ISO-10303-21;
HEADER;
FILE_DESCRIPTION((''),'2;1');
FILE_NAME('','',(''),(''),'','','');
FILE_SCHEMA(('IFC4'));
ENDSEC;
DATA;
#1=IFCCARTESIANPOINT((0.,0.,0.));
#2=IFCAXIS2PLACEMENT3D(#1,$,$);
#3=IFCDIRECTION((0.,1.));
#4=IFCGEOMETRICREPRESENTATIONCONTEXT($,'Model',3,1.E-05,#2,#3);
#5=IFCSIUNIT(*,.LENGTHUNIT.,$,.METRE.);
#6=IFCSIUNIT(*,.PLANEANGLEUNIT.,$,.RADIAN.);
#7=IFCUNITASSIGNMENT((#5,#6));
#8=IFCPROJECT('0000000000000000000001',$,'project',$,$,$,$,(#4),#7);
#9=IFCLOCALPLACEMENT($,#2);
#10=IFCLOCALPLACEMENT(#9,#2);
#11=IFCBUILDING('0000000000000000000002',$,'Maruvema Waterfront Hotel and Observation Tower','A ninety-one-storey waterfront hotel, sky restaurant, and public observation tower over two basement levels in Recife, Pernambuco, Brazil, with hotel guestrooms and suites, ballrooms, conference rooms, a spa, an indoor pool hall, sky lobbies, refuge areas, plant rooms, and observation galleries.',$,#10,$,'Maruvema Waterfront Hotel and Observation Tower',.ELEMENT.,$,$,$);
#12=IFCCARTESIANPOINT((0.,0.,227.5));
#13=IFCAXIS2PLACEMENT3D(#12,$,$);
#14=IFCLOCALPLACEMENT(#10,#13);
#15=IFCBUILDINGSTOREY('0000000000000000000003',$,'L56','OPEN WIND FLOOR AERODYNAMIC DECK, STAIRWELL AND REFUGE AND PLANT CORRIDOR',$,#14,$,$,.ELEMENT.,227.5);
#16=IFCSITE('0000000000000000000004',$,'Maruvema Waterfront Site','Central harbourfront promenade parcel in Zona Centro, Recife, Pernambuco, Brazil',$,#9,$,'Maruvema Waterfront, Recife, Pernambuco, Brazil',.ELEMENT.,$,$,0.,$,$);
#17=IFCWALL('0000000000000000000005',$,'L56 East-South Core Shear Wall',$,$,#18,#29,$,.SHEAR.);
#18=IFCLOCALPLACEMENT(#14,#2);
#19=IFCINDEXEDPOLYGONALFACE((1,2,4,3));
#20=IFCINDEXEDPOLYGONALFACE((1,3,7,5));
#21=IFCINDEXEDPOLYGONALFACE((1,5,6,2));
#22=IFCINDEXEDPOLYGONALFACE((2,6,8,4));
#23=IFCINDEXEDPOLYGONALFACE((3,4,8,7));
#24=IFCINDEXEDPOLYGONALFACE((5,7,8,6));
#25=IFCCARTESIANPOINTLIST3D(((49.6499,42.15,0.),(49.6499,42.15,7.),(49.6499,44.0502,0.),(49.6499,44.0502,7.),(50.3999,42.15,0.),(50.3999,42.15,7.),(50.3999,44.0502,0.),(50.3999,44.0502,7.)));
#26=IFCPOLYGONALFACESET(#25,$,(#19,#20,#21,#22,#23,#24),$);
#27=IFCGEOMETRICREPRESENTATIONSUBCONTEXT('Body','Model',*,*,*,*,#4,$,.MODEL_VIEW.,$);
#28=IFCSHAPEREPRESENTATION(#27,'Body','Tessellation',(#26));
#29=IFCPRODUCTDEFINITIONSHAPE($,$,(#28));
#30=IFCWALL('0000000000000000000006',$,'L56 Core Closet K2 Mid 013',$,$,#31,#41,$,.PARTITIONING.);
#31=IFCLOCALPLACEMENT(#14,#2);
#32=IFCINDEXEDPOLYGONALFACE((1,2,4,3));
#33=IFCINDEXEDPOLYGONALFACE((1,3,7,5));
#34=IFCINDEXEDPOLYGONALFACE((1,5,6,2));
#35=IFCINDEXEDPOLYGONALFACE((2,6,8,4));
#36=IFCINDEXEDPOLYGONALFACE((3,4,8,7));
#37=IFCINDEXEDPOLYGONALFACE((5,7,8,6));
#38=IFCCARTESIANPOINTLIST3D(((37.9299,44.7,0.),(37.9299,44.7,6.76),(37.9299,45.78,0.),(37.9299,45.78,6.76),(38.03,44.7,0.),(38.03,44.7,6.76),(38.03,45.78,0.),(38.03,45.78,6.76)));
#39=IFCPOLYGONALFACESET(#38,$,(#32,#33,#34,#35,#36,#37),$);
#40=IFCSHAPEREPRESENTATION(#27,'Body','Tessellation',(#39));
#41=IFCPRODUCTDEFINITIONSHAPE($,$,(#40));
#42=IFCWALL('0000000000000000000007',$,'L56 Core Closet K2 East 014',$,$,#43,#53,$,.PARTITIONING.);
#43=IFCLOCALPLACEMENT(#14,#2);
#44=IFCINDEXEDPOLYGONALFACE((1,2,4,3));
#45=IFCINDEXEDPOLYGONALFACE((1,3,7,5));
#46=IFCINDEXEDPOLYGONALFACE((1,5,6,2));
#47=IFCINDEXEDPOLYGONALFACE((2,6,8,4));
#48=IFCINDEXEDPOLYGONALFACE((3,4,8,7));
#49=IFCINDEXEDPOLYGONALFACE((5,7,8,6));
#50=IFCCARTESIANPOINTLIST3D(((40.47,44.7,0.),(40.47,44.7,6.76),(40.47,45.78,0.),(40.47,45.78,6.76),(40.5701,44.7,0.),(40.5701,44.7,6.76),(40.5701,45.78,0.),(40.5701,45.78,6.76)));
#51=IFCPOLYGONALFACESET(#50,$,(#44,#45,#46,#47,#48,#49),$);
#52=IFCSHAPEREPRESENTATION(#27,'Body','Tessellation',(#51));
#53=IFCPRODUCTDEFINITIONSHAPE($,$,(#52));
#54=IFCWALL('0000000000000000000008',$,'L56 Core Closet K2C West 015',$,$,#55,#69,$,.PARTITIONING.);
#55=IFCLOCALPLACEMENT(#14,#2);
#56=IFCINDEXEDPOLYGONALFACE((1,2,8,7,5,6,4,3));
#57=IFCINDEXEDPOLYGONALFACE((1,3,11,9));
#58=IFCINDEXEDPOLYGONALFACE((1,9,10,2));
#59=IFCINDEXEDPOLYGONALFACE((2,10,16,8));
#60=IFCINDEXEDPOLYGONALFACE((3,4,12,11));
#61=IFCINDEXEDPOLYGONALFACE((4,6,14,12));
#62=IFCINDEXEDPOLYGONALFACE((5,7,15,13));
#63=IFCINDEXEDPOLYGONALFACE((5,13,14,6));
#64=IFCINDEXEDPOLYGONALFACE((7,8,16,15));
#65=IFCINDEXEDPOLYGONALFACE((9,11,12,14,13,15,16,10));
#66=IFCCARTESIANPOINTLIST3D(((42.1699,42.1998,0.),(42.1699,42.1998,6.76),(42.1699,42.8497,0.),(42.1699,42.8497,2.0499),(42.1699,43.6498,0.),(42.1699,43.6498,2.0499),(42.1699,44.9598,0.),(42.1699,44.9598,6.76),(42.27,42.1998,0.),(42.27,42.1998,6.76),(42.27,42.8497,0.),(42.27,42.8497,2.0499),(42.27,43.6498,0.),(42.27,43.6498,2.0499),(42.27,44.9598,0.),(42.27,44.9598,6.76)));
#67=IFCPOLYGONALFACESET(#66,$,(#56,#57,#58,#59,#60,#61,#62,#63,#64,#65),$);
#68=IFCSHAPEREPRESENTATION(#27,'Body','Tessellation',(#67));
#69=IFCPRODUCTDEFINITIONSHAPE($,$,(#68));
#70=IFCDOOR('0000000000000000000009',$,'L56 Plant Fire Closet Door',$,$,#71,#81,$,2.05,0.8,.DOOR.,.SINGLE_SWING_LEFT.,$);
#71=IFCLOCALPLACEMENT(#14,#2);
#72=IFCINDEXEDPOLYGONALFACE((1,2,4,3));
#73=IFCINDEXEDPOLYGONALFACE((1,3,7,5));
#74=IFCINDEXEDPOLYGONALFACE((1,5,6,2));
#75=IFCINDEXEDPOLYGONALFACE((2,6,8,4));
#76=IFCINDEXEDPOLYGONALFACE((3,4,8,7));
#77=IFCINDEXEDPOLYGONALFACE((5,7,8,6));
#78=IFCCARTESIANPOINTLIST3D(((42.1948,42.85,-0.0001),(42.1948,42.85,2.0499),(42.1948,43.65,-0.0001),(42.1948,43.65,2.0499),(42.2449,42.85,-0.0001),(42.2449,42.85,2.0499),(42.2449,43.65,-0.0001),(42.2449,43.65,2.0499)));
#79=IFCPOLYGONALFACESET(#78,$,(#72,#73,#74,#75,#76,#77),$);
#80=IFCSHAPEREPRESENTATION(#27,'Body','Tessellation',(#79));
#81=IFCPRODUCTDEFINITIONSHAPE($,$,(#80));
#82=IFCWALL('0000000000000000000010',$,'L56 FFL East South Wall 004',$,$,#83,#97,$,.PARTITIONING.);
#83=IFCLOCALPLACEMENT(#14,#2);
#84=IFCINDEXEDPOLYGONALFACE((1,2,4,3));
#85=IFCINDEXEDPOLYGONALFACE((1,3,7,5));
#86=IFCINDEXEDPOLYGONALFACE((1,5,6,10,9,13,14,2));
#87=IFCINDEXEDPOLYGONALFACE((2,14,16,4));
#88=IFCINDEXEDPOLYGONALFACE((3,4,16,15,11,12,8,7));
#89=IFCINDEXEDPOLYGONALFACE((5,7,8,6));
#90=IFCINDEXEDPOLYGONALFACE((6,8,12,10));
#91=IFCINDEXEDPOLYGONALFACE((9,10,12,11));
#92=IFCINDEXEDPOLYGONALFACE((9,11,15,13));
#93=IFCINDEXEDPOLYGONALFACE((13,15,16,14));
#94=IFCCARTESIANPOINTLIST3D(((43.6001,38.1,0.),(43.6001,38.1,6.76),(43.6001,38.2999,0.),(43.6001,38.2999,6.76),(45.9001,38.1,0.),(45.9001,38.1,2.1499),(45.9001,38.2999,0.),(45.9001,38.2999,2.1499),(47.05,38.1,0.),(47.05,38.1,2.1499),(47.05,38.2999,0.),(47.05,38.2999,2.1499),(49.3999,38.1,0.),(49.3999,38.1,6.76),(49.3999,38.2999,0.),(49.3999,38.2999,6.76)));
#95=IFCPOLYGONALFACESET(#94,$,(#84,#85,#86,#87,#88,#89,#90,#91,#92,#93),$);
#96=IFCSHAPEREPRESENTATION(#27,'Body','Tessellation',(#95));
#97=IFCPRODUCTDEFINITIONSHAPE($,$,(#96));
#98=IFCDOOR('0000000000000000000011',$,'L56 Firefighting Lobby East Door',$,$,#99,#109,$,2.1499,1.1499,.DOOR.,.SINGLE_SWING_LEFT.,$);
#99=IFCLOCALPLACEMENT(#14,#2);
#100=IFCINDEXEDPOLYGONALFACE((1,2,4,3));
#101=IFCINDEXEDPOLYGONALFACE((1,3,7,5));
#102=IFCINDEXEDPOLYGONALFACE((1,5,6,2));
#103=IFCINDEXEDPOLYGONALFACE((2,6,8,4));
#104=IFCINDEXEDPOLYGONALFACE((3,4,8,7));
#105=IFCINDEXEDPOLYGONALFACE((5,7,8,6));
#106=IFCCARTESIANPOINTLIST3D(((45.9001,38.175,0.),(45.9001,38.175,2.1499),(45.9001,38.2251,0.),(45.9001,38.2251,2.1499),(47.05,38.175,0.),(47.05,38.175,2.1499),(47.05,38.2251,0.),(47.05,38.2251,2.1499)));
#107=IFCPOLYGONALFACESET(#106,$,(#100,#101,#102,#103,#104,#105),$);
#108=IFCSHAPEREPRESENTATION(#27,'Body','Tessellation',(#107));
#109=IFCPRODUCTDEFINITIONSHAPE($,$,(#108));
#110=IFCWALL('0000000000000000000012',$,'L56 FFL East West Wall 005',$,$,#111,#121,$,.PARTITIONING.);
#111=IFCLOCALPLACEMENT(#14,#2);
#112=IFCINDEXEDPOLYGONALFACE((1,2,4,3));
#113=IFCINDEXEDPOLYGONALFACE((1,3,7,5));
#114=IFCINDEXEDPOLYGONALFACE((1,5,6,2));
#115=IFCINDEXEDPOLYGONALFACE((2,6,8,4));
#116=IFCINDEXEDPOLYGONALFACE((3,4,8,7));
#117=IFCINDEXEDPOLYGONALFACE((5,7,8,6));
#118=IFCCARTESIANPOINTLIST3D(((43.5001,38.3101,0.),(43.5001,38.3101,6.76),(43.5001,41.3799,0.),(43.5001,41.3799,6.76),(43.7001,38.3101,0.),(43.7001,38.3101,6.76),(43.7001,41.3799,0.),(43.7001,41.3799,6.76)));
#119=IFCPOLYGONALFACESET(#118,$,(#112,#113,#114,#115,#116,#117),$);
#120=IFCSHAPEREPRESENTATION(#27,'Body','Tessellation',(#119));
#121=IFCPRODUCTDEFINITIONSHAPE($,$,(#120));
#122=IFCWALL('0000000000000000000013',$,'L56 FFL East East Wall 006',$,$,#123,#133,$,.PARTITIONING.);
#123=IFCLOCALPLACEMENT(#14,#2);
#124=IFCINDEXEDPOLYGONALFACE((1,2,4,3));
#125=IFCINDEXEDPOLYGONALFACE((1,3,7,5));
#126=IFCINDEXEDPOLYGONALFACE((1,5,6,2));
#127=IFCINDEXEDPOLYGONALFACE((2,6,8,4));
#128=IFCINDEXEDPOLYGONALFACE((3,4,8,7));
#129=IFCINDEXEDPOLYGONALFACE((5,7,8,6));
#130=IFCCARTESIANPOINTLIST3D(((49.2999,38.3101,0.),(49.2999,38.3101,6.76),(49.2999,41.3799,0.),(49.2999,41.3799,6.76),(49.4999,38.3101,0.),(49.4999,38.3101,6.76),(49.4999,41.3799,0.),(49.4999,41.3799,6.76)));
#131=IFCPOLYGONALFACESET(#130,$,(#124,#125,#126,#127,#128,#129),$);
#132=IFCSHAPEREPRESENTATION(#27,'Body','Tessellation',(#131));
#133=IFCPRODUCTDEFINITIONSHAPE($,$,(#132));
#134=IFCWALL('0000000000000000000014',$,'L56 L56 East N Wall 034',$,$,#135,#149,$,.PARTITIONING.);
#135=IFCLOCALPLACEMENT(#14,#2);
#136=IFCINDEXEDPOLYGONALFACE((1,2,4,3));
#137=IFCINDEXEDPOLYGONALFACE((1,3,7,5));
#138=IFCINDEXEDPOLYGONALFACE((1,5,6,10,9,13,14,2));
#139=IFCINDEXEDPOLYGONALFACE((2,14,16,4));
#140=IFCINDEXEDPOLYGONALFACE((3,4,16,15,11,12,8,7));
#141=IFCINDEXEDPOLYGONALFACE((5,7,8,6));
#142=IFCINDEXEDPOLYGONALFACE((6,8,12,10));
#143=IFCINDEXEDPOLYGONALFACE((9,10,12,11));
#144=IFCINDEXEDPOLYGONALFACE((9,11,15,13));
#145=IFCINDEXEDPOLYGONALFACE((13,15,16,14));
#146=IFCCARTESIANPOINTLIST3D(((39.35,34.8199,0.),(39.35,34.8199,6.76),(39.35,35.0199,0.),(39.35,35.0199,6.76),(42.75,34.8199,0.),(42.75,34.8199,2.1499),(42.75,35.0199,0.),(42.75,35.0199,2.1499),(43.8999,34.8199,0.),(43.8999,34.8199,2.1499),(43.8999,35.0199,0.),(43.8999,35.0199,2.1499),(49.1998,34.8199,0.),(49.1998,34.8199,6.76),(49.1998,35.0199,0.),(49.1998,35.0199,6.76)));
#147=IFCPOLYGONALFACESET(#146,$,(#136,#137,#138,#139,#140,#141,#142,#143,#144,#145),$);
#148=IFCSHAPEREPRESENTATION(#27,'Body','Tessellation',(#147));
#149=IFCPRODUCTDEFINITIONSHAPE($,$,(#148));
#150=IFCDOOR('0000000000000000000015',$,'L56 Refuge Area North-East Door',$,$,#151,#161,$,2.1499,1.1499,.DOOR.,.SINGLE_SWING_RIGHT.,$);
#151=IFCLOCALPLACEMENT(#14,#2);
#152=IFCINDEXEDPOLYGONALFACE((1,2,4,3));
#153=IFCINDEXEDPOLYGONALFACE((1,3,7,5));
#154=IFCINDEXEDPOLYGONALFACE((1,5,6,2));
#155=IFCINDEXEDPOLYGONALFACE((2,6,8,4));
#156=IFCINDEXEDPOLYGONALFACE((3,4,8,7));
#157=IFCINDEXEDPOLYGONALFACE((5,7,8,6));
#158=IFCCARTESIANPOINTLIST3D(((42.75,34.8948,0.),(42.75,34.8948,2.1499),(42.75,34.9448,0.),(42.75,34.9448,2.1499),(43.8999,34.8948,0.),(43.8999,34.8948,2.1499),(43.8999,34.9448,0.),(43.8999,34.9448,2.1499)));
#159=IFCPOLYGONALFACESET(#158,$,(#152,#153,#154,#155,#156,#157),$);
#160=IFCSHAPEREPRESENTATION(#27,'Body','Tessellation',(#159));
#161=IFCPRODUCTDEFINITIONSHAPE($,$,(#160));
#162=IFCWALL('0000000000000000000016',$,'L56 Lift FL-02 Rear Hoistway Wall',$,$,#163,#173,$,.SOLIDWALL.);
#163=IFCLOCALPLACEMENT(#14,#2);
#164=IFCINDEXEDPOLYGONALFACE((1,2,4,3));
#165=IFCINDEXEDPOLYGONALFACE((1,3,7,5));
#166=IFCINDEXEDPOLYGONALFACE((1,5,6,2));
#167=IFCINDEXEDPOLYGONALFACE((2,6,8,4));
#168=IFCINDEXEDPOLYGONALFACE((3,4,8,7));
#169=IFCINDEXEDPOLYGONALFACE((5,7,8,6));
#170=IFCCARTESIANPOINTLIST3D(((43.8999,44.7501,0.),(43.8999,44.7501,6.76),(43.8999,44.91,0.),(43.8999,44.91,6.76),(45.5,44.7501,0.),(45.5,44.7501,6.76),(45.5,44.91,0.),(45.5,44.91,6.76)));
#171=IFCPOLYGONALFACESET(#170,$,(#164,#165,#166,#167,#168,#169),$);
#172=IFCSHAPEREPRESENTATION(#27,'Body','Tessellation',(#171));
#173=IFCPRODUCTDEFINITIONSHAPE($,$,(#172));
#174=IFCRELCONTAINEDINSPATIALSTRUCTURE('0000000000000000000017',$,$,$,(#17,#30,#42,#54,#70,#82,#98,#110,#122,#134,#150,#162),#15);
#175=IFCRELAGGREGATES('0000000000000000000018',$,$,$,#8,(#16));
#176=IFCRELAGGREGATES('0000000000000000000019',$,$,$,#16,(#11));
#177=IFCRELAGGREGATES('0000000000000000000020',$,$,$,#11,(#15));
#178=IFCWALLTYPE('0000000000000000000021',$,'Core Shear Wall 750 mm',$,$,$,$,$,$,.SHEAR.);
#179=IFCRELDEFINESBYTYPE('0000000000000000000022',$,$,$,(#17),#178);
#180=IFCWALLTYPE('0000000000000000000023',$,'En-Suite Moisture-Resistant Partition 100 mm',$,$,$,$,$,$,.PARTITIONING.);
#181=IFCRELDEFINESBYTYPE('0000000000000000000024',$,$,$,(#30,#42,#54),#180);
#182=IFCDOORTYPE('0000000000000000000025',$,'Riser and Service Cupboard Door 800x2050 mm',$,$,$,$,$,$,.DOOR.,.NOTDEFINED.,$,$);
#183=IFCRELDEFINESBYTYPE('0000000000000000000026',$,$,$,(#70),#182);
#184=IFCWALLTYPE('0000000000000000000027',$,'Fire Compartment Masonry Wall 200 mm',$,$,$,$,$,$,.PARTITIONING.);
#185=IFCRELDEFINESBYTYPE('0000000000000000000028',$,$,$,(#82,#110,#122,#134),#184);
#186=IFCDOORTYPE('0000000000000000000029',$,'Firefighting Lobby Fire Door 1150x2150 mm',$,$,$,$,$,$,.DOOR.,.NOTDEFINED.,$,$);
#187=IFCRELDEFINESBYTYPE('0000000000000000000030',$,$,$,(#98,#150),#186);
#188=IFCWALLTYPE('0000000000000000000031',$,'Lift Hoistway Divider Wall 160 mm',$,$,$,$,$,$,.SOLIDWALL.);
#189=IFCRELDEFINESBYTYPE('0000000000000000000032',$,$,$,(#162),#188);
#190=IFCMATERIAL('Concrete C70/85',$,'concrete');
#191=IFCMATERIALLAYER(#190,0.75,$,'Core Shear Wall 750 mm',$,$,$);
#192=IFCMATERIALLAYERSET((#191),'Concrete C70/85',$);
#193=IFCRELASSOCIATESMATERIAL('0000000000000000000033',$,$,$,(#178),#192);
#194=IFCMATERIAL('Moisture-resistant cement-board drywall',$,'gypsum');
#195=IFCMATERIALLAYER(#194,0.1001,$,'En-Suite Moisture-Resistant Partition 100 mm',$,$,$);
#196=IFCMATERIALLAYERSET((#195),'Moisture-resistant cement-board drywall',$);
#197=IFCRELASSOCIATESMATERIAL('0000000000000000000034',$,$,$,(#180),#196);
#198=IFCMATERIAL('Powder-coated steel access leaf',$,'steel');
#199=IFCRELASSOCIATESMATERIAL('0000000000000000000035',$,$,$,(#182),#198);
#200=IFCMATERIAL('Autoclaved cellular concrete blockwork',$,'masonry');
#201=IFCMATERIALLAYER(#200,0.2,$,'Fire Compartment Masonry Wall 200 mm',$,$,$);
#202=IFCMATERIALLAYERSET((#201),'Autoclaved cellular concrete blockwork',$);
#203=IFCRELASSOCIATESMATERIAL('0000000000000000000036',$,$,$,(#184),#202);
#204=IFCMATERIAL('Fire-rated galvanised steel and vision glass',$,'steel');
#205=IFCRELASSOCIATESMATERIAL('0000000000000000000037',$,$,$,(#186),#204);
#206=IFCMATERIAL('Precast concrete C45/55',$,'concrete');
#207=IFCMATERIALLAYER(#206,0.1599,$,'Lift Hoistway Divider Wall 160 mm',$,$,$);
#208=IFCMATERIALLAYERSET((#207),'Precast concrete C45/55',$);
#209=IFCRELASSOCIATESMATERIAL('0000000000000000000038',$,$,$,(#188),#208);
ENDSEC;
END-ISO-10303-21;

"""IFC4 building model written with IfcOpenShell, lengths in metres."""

from ifc_helpers import new_model, si_unit, direction, frame, frame_2d, origin, place, context, subcontext, project, spatial, rectangle, extrude, material, layer, layer_set, type_object, element, fill, save


model = new_model("IFC4")

# Units and contexts
model_context = context("Model", 3, precision=1e-05, world=origin(), true_north=direction((0.0, 1.0)))
body_context = subcontext(model_context, "Body", "Model", "MODEL_VIEW")
ifc_project = project(units=[si_unit("LENGTHUNIT", "METRE"), si_unit("PLANEANGLEUNIT", "RADIAN")], contexts=[model_context])

# Site, building, storey
site_placement = place(None, origin())
site = spatial("IfcSite", under=ifc_project, at=site_placement, Name="Maruvema Waterfront Site", Description="Central harbourfront promenade parcel in Zona Centro, Recife, Pernambuco, Brazil", LongName="Maruvema Waterfront, Recife, Pernambuco, Brazil", CompositionType="ELEMENT", RefElevation=0.0)
building_placement = place(site_placement, origin())
building = spatial("IfcBuilding", under=site, at=building_placement, Name="Maruvema Waterfront Hotel and Observation Tower", Description="A ninety-one-storey waterfront hotel, sky restaurant, and public observation tower over two basement levels in Recife, Pernambuco, Brazil, with hotel guestrooms and suites, ballrooms, conference rooms, a spa, an indoor pool hall, sky lobbies, refuge areas, plant rooms, and observation galleries.", LongName="Maruvema Waterfront Hotel and Observation Tower", CompositionType="ELEMENT")
storey_placement = place(building_placement, frame((0.0, 0.0, 227.5)))
storey = spatial("IfcBuildingStorey", under=building, at=storey_placement, Name="L56", Description="OPEN WIND FLOOR AERODYNAMIC DECK, STAIRWELL AND REFUGE AND PLANT CORRIDOR", CompositionType="ELEMENT", Elevation=227.5)

# Shared definitions
ifc_material_1 = material(Name="Concrete C70/85", Category="concrete")
ifc_layer_1 = layer(ifc_material_1, 0.75, Name="Core Shear Wall 750 mm")
ifc_layer_set_1 = layer_set([ifc_layer_1], Name="Concrete C70/85")
wall_type_1 = type_object("IfcWallType", Name="Core Shear Wall 750 mm", PredefinedType="SHEAR", material=ifc_layer_set_1)

# Walls
wall_1_placement = place(storey_placement, frame((50.0249, 42.1499, 0.0), z_axis=(0.0, 0.0, 1.0), x_axis=(0.0, 1.0, 0.0)))
element("IfcWall", 1, at=wall_1_placement, inside=storey, type_object=wall_type_1, Name="L56 East-South Core Shear Wall", PredefinedType="SHEAR", context=body_context, shape_type="SweptSolid", body=[
    extrude(rectangle(XDim=1.9001, YDim=0.75, at=frame_2d((0.9502, 0.0))), origin(), (0.0, 0.0, 1.0), 7.0),
])
ifc_material_2 = material(Name="Moisture-resistant cement-board drywall", Category="gypsum")
ifc_layer_2 = layer(ifc_material_2, 0.1001, Name="En-Suite Moisture-Resistant Partition 100 mm")
ifc_layer_set_2 = layer_set([ifc_layer_2], Name="Moisture-resistant cement-board drywall")
wall_type_2 = type_object("IfcWallType", Name="En-Suite Moisture-Resistant Partition 100 mm", PredefinedType="PARTITIONING", material=ifc_layer_set_2)
for number, where, z_axis, x_axis, name in (
    (2, (37.98, 44.7, 0.0), (0.0, 0.0, 1.0), (0.0, 1.0, 0.0), "L56 Core Closet K2 Mid 013"),
    (3, (40.52, 44.7, 0.0), (0.0, 0.0, 1.0), (0.0, 1.0, 0.0), "L56 Core Closet K2 East 014"),
):
    element("IfcWall", number, at=place(storey_placement, frame(where, z_axis=z_axis, x_axis=x_axis)), inside=storey, type_object=wall_type_2, Name=name, PredefinedType="PARTITIONING", context=body_context, shape_type="SweptSolid", body=[
        extrude(rectangle(XDim=1.0801, YDim=0.1001, at=frame_2d((0.54, 0.0))), origin(), (0.0, 0.0, 1.0), 6.76),
    ])

# Walls, openings, doors
wall_2_placement = place(storey_placement, frame((42.22, 42.2, 0.0), z_axis=(0.0, 0.0, 1.0), x_axis=(0.0, 1.0, 0.0)))
wall_2 = element("IfcWall", 4, at=wall_2_placement, inside=storey, type_object=wall_type_2, Name="L56 Core Closet K2C West 015", PredefinedType="PARTITIONING", context=body_context, shape_type="SweptSolid", body=[
    extrude(rectangle(XDim=2.76, YDim=0.1001, at=frame_2d((1.3799, 0.0))), origin(), (0.0, 0.0, 1.0), 6.76),
])
opening_1_placement = place(wall_2_placement, frame((0.6499, 0.0, 0.0)))
opening_1 = element("IfcOpeningElement", 5, at=opening_1_placement, cuts=wall_2, PredefinedType="OPENING", context=body_context, shape_type="SweptSolid", body=[
    extrude(rectangle(XDim=0.8, YDim=2.05, at=frame_2d((0.3999, 1.0249))), frame((0.0, 0.0601, 0.0), z_axis=(0.0, -1.0, 0.0), x_axis=(1.0, 0.0, 0.0)), (0.0, 0.0, 1.0), 0.1201),
])
ifc_material_3 = material(Name="Powder-coated steel access leaf", Category="steel")
door_type_1 = type_object("IfcDoorType", Name="Riser and Service Cupboard Door 800x2050 mm", OperationType="NOTDEFINED", PredefinedType="DOOR", material=ifc_material_3)
door_1_placement = place(opening_1_placement, frame((0.8, 0.0, 0.0), z_axis=(0.0, 0.0, 1.0), x_axis=(-1.0, 0.0, 0.0)))
door_1 = element("IfcDoor", 6, at=door_1_placement, inside=storey, type_object=door_type_1, Name="L56 Plant Fire Closet Door", OperationType="SINGLE_SWING_LEFT", OverallHeight=2.05, OverallWidth=0.8, PredefinedType="DOOR", context=body_context, shape_type="SweptSolid", body=[
    extrude(rectangle(XDim=0.8, YDim=2.05, at=frame_2d((0.3999, 1.0249))), frame((0.0, 0.0249, 0.0), z_axis=(0.0, -1.0, 0.0), x_axis=(1.0, 0.0, 0.0)), (0.0, 0.0, 1.0), 0.05),
])
fill(opening_1, door_1)
ifc_material_4 = material(Name="Autoclaved cellular concrete blockwork", Category="masonry")
ifc_layer_3 = layer(ifc_material_4, 0.2, Name="Fire Compartment Masonry Wall 200 mm")
ifc_layer_set_3 = layer_set([ifc_layer_3], Name="Autoclaved cellular concrete blockwork")
wall_type_3 = type_object("IfcWallType", Name="Fire Compartment Masonry Wall 200 mm", PredefinedType="PARTITIONING", material=ifc_layer_set_3)
wall_3_placement = place(storey_placement, frame((43.6001, 38.2, 0.0), z_axis=(0.0, 0.0, 1.0), x_axis=(1.0, 0.0, 0.0)))
wall_3 = element("IfcWall", 7, at=wall_3_placement, inside=storey, type_object=wall_type_3, Name="L56 FFL East South Wall 004", PredefinedType="PARTITIONING", context=body_context, shape_type="SweptSolid", body=[
    extrude(rectangle(XDim=5.7998, YDim=0.2, at=frame_2d((2.8999, 0.0))), origin(), (0.0, 0.0, 1.0), 6.76),
])
opening_2_placement = place(wall_3_placement, frame((2.3, 0.0, 0.0)))
opening_2 = element("IfcOpeningElement", 8, at=opening_2_placement, cuts=wall_3, PredefinedType="OPENING", context=body_context, shape_type="SweptSolid", body=[
    extrude(rectangle(XDim=1.1499, YDim=2.1499, at=frame_2d((0.575, 1.075))), frame((0.0, 0.1099, 0.0), z_axis=(0.0, -1.0, 0.0), x_axis=(1.0, 0.0, 0.0)), (0.0, 0.0, 1.0), 0.22),
])
ifc_material_5 = material(Name="Fire-rated galvanised steel and vision glass", Category="steel")
door_type_2 = type_object("IfcDoorType", Name="Firefighting Lobby Fire Door 1150x2150 mm", OperationType="NOTDEFINED", PredefinedType="DOOR", material=ifc_material_5)
door_2_placement = place(opening_2_placement, frame((1.1499, 0.0, 0.0), z_axis=(0.0, 0.0, 1.0), x_axis=(-1.0, 0.0, 0.0)))
door_2 = element("IfcDoor", 9, at=door_2_placement, inside=storey, type_object=door_type_2, Name="L56 Firefighting Lobby East Door", OperationType="SINGLE_SWING_LEFT", OverallHeight=2.1499, OverallWidth=1.1499, PredefinedType="DOOR", context=body_context, shape_type="SweptSolid", body=[
    extrude(rectangle(XDim=1.1499, YDim=2.1499, at=frame_2d((0.575, 1.075))), frame((0.0, 0.0249, 0.0), z_axis=(0.0, -1.0, 0.0), x_axis=(1.0, 0.0, 0.0)), (0.0, 0.0, 1.0), 0.05),
])
fill(opening_2, door_2)

# Walls
for number, where, z_axis, x_axis, name in (
    (10, (43.6001, 38.3101, 0.0), (0.0, 0.0, 1.0), (0.0, 1.0, 0.0), "L56 FFL East West Wall 005"),
    (11, (49.3999, 38.3101, 0.0), (0.0, 0.0, 1.0), (0.0, 1.0, 0.0), "L56 FFL East East Wall 006"),
):
    element("IfcWall", number, at=place(storey_placement, frame(where, z_axis=z_axis, x_axis=x_axis)), inside=storey, type_object=wall_type_3, Name=name, PredefinedType="PARTITIONING", context=body_context, shape_type="SweptSolid", body=[
        extrude(rectangle(XDim=3.0698, YDim=0.2, at=frame_2d((1.5349, 0.0))), origin(), (0.0, 0.0, 1.0), 6.76),
    ])

# Wall, opening, door
wall_4_placement = place(storey_placement, frame((39.3501, 34.9199, 0.0), z_axis=(0.0, 0.0, 1.0), x_axis=(1.0, 0.0, 0.0)))
wall_4 = element("IfcWall", 12, at=wall_4_placement, inside=storey, type_object=wall_type_3, Name="L56 L56 East N Wall 034", PredefinedType="PARTITIONING", context=body_context, shape_type="SweptSolid", body=[
    extrude(rectangle(XDim=9.8499, YDim=0.2, at=frame_2d((4.9248, 0.0))), origin(), (0.0, 0.0, 1.0), 6.76),
])
opening_3_placement = place(wall_4_placement, frame((3.3999, 0.0, 0.0)))
opening_3 = element("IfcOpeningElement", 13, at=opening_3_placement, cuts=wall_4, PredefinedType="OPENING", context=body_context, shape_type="SweptSolid", body=[
    extrude(rectangle(XDim=1.1499, YDim=2.1499, at=frame_2d((0.575, 1.075))), frame((0.0, 0.1099, 0.0), z_axis=(0.0, -1.0, 0.0), x_axis=(1.0, 0.0, 0.0)), (0.0, 0.0, 1.0), 0.22),
])
door_3_placement = place(opening_3_placement, origin())
door_3 = element("IfcDoor", 14, at=door_3_placement, inside=storey, type_object=door_type_2, Name="L56 Refuge Area North-East Door", OperationType="SINGLE_SWING_RIGHT", OverallHeight=2.1499, OverallWidth=1.1499, PredefinedType="DOOR", context=body_context, shape_type="SweptSolid", body=[
    extrude(rectangle(XDim=1.1499, YDim=2.1499, at=frame_2d((0.575, 1.075))), frame((0.0, 0.0249, 0.0), z_axis=(0.0, -1.0, 0.0), x_axis=(1.0, 0.0, 0.0)), (0.0, 0.0, 1.0), 0.05),
])
fill(opening_3, door_3)

# Wall
ifc_material_6 = material(Name="Precast concrete C45/55", Category="concrete")
ifc_layer_4 = layer(ifc_material_6, 0.1599, Name="Lift Hoistway Divider Wall 160 mm")
ifc_layer_set_4 = layer_set([ifc_layer_4], Name="Precast concrete C45/55")
wall_type_4 = type_object("IfcWallType", Name="Lift Hoistway Divider Wall 160 mm", PredefinedType="SOLIDWALL", material=ifc_layer_set_4)
wall_5_placement = place(storey_placement, frame((43.8999, 44.8301, 0.0), z_axis=(0.0, 0.0, 1.0), x_axis=(1.0, 0.0, 0.0)))
element("IfcWall", 15, at=wall_5_placement, inside=storey, type_object=wall_type_4, Name="L56 Lift FL-02 Rear Hoistway Wall", PredefinedType="SOLIDWALL", context=body_context, shape_type="SweptSolid", body=[
    extrude(rectangle(XDim=1.6001, YDim=0.1599, at=frame_2d((0.8, 0.0))), origin(), (0.0, 0.0, 1.0), 6.76),
])

save(model, "model.ifc")
